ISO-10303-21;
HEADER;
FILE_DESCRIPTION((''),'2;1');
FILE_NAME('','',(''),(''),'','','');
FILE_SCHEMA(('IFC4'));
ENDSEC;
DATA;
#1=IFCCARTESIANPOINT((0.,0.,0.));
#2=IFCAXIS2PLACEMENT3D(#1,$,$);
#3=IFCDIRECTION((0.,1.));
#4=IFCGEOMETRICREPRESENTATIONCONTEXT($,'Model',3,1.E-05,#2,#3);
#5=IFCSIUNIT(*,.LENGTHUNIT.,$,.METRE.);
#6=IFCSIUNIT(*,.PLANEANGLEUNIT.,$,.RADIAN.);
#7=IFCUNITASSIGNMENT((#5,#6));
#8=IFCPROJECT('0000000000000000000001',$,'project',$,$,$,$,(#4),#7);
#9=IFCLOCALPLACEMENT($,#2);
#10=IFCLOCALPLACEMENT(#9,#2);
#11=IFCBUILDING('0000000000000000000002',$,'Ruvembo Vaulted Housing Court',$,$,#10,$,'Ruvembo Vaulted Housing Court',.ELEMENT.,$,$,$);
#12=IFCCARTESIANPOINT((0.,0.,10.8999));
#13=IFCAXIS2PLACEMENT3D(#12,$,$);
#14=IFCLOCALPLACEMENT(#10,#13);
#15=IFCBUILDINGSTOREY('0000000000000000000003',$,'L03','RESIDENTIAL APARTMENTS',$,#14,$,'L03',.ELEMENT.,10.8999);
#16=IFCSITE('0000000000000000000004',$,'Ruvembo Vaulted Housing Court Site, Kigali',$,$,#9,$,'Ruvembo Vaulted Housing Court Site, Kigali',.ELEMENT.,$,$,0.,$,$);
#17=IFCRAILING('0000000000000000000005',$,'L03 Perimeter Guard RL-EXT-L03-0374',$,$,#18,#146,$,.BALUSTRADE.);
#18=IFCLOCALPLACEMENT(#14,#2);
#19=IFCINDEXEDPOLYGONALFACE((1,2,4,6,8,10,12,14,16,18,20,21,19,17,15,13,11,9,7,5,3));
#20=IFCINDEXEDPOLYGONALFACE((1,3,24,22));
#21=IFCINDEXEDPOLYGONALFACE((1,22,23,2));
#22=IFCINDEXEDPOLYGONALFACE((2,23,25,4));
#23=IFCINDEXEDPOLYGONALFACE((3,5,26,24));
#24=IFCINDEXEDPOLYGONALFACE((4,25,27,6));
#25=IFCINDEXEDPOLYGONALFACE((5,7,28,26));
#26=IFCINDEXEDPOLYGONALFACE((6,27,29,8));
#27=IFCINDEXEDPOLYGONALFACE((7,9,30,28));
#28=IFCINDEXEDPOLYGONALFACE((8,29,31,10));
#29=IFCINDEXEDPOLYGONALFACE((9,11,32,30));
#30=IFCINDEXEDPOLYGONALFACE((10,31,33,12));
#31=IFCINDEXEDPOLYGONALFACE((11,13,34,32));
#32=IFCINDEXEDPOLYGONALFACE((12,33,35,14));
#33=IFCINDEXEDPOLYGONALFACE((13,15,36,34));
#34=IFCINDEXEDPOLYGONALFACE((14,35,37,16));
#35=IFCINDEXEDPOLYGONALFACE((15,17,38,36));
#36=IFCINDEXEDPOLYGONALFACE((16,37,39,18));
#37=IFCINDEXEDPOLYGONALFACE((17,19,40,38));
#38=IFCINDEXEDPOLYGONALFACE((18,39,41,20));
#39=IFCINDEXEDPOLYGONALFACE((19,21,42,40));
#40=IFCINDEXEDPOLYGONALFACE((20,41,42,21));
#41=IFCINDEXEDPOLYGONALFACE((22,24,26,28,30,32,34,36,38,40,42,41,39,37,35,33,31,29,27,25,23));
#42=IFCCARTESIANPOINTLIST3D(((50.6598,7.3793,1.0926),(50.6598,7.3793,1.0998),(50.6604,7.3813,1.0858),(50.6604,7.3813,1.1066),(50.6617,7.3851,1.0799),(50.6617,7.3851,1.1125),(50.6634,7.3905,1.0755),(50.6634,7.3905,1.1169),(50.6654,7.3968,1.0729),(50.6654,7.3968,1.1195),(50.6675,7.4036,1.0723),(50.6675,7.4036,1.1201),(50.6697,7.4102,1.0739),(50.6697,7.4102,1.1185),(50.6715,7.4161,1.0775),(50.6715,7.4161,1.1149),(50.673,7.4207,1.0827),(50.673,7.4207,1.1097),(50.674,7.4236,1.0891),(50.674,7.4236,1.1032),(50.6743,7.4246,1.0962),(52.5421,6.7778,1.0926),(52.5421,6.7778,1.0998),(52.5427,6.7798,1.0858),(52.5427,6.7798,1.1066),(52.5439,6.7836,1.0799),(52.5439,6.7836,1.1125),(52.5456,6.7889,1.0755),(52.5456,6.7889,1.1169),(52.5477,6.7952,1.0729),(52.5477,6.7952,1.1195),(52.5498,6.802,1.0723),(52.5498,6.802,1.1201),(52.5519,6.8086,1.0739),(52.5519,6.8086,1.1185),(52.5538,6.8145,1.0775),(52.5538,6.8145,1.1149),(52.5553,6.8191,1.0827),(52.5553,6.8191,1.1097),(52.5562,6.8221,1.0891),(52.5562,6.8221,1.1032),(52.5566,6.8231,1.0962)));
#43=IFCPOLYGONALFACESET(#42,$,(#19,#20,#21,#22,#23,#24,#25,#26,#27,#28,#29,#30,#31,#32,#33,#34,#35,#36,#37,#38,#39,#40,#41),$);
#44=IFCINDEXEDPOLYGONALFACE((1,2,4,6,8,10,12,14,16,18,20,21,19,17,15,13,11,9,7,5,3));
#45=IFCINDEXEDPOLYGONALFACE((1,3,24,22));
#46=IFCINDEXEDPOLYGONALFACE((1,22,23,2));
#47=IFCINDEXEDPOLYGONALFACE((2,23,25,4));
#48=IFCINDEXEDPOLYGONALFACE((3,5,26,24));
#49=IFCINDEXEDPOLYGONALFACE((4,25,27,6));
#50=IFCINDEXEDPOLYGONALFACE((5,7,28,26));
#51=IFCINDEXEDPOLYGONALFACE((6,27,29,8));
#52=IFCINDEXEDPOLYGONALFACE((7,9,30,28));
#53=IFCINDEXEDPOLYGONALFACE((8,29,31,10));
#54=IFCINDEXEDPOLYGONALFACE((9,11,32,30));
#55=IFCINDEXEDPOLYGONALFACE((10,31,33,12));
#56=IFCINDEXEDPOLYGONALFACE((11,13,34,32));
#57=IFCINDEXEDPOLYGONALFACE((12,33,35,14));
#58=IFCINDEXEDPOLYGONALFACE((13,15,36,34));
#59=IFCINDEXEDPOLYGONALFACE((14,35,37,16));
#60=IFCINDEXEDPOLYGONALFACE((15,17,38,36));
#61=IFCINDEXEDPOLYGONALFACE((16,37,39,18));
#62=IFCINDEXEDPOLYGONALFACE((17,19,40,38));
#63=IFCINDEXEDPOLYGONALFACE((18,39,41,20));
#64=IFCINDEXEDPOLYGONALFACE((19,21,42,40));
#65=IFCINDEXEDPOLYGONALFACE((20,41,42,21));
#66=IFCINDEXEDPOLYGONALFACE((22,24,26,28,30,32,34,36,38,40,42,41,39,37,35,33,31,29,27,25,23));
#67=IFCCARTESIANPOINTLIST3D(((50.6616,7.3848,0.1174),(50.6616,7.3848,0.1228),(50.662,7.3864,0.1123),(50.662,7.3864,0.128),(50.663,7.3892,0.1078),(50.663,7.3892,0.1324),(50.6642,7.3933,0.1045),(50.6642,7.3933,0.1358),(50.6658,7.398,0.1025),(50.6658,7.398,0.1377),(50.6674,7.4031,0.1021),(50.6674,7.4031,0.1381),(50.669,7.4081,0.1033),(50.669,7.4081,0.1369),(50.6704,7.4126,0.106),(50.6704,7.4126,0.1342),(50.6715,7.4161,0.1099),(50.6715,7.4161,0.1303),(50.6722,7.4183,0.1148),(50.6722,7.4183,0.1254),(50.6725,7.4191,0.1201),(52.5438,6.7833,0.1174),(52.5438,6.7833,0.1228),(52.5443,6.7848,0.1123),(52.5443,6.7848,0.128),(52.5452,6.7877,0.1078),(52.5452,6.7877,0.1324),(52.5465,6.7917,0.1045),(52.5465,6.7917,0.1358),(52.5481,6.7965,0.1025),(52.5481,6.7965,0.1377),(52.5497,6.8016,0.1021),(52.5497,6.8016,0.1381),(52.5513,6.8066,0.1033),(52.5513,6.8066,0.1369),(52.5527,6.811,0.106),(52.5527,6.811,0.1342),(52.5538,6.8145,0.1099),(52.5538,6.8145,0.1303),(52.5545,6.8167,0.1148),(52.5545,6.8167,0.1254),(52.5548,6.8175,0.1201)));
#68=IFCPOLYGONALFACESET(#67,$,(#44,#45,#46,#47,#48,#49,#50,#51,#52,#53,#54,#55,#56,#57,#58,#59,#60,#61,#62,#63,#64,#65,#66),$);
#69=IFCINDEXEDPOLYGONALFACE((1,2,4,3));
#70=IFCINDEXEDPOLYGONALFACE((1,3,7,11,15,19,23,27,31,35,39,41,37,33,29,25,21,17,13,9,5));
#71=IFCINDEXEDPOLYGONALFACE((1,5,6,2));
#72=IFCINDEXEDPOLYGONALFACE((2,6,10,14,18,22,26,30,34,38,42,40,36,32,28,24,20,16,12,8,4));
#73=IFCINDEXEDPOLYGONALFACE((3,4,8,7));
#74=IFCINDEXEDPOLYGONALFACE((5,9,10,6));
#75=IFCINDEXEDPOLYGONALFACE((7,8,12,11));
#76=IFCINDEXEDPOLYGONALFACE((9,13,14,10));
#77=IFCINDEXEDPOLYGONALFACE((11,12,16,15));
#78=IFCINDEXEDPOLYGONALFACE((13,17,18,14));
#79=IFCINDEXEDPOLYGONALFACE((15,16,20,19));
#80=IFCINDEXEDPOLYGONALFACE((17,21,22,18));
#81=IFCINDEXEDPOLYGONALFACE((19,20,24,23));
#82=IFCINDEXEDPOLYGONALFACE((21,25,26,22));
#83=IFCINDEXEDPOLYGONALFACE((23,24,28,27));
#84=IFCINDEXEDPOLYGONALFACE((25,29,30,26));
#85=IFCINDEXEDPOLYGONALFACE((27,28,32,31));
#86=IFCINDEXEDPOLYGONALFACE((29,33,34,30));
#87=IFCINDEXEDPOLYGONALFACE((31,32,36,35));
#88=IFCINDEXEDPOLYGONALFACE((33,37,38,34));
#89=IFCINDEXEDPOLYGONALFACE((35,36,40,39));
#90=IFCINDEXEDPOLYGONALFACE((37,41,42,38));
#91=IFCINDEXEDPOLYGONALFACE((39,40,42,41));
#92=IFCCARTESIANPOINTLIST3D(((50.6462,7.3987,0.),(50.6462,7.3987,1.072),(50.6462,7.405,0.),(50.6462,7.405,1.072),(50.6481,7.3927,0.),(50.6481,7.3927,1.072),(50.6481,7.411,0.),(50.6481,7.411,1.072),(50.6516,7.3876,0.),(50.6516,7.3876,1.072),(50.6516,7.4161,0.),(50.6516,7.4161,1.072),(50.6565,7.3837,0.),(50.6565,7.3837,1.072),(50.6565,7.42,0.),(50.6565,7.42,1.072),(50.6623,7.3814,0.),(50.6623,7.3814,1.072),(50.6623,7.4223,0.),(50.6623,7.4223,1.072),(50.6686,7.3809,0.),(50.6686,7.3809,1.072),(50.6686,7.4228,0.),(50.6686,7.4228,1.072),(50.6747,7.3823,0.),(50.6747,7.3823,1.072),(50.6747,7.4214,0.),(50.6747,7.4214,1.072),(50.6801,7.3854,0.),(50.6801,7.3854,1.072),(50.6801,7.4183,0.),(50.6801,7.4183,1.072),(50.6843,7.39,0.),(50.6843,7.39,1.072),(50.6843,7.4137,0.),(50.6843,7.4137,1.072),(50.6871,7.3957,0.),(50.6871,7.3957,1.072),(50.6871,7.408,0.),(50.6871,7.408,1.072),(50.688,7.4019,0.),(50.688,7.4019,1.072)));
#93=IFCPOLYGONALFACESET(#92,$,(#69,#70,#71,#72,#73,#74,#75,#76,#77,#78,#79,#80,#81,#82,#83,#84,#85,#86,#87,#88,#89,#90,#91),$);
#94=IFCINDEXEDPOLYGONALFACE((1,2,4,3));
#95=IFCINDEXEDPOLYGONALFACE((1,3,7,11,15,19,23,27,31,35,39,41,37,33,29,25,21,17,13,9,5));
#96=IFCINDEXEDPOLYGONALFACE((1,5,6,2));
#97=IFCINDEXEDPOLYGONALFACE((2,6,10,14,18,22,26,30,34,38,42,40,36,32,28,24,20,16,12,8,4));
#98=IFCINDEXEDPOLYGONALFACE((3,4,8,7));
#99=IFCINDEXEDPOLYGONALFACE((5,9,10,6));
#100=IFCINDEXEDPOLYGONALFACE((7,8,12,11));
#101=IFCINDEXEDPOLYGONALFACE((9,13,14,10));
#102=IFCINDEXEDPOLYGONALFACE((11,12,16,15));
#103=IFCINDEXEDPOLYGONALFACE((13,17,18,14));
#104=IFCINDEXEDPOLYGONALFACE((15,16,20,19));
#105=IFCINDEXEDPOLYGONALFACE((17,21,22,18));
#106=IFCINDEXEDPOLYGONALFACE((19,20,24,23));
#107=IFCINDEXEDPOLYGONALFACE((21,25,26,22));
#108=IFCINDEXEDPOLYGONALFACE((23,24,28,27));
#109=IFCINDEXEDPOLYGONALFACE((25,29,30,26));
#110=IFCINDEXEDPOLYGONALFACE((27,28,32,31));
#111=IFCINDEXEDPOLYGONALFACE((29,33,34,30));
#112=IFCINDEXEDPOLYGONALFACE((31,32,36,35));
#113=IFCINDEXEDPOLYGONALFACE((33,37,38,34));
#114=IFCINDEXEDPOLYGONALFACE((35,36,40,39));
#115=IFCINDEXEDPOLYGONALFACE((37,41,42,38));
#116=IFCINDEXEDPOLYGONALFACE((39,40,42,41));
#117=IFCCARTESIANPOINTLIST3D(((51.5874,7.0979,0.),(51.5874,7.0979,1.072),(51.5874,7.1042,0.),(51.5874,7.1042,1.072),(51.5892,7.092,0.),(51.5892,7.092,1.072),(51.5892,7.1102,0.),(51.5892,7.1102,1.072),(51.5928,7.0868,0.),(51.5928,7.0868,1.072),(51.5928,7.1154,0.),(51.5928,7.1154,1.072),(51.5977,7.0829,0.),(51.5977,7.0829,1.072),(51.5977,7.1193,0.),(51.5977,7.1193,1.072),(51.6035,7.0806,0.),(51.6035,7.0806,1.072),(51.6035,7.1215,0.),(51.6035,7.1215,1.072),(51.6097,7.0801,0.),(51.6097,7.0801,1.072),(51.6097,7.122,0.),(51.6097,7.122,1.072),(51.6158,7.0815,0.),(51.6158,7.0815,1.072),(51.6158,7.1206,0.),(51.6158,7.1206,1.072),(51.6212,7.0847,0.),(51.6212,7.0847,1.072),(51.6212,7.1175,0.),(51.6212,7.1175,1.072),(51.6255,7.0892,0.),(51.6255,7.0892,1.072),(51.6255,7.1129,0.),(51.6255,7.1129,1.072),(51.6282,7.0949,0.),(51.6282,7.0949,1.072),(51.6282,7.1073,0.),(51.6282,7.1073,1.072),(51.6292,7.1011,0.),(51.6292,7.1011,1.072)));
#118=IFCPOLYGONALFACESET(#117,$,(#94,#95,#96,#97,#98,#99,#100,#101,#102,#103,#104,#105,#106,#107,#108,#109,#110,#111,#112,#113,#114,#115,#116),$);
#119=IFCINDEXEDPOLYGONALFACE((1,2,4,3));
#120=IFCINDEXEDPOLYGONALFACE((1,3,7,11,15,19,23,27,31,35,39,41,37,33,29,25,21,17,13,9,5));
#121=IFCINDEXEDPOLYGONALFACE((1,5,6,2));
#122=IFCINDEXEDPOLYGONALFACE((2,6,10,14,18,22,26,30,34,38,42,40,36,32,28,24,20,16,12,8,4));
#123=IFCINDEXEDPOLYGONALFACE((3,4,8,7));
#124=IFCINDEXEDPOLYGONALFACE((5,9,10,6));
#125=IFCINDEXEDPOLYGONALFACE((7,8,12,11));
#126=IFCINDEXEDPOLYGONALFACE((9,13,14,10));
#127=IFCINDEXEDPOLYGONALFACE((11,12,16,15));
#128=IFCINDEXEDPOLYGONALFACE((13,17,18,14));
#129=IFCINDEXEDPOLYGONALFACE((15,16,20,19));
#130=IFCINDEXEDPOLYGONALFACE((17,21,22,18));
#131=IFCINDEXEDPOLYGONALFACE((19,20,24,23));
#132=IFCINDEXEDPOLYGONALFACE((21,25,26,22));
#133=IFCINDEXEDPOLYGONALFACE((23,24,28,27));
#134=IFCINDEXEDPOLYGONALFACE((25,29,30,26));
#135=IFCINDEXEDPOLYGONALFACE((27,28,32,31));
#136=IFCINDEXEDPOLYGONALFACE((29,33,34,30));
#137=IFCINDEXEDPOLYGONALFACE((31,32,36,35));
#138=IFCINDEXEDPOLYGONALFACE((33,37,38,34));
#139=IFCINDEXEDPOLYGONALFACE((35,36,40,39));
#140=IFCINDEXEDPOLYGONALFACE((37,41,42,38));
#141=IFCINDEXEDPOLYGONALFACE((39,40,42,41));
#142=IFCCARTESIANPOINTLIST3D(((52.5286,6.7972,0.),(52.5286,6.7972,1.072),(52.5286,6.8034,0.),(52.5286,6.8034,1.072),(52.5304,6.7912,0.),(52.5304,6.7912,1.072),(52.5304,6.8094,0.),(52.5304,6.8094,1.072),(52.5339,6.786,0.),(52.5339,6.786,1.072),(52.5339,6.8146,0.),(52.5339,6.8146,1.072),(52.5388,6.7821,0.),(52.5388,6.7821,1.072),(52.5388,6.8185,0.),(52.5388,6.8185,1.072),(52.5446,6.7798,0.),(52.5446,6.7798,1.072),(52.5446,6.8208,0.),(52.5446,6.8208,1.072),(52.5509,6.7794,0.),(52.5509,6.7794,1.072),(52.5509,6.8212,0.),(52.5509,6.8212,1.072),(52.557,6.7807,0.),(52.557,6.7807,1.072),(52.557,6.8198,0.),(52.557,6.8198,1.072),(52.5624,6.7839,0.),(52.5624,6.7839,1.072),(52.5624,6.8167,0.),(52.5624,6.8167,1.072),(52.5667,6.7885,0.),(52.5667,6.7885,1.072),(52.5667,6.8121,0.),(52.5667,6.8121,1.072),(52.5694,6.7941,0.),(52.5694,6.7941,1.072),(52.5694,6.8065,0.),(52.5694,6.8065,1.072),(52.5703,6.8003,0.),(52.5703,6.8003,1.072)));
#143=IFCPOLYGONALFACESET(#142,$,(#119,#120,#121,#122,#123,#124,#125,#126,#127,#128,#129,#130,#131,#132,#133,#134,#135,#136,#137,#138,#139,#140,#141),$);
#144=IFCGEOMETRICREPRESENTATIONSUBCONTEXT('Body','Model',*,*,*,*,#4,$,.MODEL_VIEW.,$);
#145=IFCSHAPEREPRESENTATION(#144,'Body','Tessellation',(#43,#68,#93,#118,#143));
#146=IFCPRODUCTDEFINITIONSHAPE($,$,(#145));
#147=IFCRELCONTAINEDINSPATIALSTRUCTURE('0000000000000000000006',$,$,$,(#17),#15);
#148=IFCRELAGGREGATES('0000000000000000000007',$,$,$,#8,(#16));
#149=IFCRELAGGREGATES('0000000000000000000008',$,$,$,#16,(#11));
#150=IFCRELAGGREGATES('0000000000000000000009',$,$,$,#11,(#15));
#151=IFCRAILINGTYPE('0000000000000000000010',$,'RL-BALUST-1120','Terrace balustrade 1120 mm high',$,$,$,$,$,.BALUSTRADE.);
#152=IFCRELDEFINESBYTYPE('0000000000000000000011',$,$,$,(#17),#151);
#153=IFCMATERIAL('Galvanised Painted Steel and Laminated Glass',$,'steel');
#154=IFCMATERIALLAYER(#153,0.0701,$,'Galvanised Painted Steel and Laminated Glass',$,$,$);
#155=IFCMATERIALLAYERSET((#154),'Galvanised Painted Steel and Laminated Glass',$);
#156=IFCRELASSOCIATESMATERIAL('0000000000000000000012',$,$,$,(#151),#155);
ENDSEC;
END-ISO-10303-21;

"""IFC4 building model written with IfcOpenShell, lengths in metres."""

from ifc_helpers import new_model, si_unit, direction, frame, origin, origin_2d, place, context, subcontext, project, spatial, circle, extrude, material, layer, layer_set, type_object, element, save


model = new_model("IFC4")

# Units and contexts
model_context = context("Model", 3, precision=1e-05, world=origin(), true_north=direction((0.0, 1.0)))
body_context = subcontext(model_context, "Body", "Model", "MODEL_VIEW")
ifc_project = project(units=[si_unit("LENGTHUNIT", "METRE"), si_unit("PLANEANGLEUNIT", "RADIAN")], contexts=[model_context])

# Site, building, storey
site_placement = place(None, origin())
site = spatial("IfcSite", under=ifc_project, at=site_placement, Name="Ruvembo Vaulted Housing Court Site, Kigali", LongName="Ruvembo Vaulted Housing Court Site, Kigali", CompositionType="ELEMENT", RefElevation=0.0)
building_placement = place(site_placement, origin())
building = spatial("IfcBuilding", under=site, at=building_placement, Name="Ruvembo Vaulted Housing Court", LongName="Ruvembo Vaulted Housing Court", CompositionType="ELEMENT")
storey_placement = place(building_placement, frame((0.0, 0.0, 10.8999)))
storey = spatial("IfcBuildingStorey", under=building, at=storey_placement, Name="L03", Description="RESIDENTIAL APARTMENTS", LongName="L03", CompositionType="ELEMENT", Elevation=10.8999)

# Railing
ifc_material_1 = material(Name="Galvanised Painted Steel and Laminated Glass", Category="steel")
ifc_layer_1 = layer(ifc_material_1, 0.0701, Name="Galvanised Painted Steel and Laminated Glass")
ifc_layer_set_1 = layer_set([ifc_layer_1], Name="Galvanised Painted Steel and Laminated Glass")
railing_type = type_object("IfcRailingType", Name="RL-BALUST-1120", Description="Terrace balustrade 1120 mm high", PredefinedType="BALUSTRADE", material=ifc_layer_set_1)
railing_1_placement = place(storey_placement, frame((50.667, 7.4019, 0.0)))
element("IfcRailing", 1, at=railing_1_placement, inside=storey, type_object=railing_type, Name="L03 Perimeter Guard RL-EXT-L03-0374", PredefinedType="BALUSTRADE", context=body_context, shape_type="SweptSolid", body=[
    extrude(circle(Radius=0.0239, at=origin_2d()), frame((0.0, 0.0, 1.0962), z_axis=(0.952539, -0.304417, 0.0), x_axis=(0.304417, 0.952539, 0.0)), (0.0, 0.0, 1.0), 1.9761),
    extrude(circle(Radius=0.0181, at=origin_2d()), frame((0.0, 0.0, 0.1201), z_axis=(0.952539, -0.304417, 0.0), x_axis=(0.304417, 0.952539, 0.0)), (0.0, 0.0, 1.0), 1.9761),
    extrude(circle(Radius=0.021, at=origin_2d()), origin(), (0.0, 0.0, 1.0), 1.072),
    extrude(circle(Radius=0.021, at=origin_2d()), frame((0.9412, -0.3008, 0.0)), (0.0, 0.0, 1.0), 1.072),
    extrude(circle(Radius=0.021, at=origin_2d()), frame((1.8823, -0.6016, 0.0)), (0.0, 0.0, 1.0), 1.072),
])

save(model, "model.ifc")
